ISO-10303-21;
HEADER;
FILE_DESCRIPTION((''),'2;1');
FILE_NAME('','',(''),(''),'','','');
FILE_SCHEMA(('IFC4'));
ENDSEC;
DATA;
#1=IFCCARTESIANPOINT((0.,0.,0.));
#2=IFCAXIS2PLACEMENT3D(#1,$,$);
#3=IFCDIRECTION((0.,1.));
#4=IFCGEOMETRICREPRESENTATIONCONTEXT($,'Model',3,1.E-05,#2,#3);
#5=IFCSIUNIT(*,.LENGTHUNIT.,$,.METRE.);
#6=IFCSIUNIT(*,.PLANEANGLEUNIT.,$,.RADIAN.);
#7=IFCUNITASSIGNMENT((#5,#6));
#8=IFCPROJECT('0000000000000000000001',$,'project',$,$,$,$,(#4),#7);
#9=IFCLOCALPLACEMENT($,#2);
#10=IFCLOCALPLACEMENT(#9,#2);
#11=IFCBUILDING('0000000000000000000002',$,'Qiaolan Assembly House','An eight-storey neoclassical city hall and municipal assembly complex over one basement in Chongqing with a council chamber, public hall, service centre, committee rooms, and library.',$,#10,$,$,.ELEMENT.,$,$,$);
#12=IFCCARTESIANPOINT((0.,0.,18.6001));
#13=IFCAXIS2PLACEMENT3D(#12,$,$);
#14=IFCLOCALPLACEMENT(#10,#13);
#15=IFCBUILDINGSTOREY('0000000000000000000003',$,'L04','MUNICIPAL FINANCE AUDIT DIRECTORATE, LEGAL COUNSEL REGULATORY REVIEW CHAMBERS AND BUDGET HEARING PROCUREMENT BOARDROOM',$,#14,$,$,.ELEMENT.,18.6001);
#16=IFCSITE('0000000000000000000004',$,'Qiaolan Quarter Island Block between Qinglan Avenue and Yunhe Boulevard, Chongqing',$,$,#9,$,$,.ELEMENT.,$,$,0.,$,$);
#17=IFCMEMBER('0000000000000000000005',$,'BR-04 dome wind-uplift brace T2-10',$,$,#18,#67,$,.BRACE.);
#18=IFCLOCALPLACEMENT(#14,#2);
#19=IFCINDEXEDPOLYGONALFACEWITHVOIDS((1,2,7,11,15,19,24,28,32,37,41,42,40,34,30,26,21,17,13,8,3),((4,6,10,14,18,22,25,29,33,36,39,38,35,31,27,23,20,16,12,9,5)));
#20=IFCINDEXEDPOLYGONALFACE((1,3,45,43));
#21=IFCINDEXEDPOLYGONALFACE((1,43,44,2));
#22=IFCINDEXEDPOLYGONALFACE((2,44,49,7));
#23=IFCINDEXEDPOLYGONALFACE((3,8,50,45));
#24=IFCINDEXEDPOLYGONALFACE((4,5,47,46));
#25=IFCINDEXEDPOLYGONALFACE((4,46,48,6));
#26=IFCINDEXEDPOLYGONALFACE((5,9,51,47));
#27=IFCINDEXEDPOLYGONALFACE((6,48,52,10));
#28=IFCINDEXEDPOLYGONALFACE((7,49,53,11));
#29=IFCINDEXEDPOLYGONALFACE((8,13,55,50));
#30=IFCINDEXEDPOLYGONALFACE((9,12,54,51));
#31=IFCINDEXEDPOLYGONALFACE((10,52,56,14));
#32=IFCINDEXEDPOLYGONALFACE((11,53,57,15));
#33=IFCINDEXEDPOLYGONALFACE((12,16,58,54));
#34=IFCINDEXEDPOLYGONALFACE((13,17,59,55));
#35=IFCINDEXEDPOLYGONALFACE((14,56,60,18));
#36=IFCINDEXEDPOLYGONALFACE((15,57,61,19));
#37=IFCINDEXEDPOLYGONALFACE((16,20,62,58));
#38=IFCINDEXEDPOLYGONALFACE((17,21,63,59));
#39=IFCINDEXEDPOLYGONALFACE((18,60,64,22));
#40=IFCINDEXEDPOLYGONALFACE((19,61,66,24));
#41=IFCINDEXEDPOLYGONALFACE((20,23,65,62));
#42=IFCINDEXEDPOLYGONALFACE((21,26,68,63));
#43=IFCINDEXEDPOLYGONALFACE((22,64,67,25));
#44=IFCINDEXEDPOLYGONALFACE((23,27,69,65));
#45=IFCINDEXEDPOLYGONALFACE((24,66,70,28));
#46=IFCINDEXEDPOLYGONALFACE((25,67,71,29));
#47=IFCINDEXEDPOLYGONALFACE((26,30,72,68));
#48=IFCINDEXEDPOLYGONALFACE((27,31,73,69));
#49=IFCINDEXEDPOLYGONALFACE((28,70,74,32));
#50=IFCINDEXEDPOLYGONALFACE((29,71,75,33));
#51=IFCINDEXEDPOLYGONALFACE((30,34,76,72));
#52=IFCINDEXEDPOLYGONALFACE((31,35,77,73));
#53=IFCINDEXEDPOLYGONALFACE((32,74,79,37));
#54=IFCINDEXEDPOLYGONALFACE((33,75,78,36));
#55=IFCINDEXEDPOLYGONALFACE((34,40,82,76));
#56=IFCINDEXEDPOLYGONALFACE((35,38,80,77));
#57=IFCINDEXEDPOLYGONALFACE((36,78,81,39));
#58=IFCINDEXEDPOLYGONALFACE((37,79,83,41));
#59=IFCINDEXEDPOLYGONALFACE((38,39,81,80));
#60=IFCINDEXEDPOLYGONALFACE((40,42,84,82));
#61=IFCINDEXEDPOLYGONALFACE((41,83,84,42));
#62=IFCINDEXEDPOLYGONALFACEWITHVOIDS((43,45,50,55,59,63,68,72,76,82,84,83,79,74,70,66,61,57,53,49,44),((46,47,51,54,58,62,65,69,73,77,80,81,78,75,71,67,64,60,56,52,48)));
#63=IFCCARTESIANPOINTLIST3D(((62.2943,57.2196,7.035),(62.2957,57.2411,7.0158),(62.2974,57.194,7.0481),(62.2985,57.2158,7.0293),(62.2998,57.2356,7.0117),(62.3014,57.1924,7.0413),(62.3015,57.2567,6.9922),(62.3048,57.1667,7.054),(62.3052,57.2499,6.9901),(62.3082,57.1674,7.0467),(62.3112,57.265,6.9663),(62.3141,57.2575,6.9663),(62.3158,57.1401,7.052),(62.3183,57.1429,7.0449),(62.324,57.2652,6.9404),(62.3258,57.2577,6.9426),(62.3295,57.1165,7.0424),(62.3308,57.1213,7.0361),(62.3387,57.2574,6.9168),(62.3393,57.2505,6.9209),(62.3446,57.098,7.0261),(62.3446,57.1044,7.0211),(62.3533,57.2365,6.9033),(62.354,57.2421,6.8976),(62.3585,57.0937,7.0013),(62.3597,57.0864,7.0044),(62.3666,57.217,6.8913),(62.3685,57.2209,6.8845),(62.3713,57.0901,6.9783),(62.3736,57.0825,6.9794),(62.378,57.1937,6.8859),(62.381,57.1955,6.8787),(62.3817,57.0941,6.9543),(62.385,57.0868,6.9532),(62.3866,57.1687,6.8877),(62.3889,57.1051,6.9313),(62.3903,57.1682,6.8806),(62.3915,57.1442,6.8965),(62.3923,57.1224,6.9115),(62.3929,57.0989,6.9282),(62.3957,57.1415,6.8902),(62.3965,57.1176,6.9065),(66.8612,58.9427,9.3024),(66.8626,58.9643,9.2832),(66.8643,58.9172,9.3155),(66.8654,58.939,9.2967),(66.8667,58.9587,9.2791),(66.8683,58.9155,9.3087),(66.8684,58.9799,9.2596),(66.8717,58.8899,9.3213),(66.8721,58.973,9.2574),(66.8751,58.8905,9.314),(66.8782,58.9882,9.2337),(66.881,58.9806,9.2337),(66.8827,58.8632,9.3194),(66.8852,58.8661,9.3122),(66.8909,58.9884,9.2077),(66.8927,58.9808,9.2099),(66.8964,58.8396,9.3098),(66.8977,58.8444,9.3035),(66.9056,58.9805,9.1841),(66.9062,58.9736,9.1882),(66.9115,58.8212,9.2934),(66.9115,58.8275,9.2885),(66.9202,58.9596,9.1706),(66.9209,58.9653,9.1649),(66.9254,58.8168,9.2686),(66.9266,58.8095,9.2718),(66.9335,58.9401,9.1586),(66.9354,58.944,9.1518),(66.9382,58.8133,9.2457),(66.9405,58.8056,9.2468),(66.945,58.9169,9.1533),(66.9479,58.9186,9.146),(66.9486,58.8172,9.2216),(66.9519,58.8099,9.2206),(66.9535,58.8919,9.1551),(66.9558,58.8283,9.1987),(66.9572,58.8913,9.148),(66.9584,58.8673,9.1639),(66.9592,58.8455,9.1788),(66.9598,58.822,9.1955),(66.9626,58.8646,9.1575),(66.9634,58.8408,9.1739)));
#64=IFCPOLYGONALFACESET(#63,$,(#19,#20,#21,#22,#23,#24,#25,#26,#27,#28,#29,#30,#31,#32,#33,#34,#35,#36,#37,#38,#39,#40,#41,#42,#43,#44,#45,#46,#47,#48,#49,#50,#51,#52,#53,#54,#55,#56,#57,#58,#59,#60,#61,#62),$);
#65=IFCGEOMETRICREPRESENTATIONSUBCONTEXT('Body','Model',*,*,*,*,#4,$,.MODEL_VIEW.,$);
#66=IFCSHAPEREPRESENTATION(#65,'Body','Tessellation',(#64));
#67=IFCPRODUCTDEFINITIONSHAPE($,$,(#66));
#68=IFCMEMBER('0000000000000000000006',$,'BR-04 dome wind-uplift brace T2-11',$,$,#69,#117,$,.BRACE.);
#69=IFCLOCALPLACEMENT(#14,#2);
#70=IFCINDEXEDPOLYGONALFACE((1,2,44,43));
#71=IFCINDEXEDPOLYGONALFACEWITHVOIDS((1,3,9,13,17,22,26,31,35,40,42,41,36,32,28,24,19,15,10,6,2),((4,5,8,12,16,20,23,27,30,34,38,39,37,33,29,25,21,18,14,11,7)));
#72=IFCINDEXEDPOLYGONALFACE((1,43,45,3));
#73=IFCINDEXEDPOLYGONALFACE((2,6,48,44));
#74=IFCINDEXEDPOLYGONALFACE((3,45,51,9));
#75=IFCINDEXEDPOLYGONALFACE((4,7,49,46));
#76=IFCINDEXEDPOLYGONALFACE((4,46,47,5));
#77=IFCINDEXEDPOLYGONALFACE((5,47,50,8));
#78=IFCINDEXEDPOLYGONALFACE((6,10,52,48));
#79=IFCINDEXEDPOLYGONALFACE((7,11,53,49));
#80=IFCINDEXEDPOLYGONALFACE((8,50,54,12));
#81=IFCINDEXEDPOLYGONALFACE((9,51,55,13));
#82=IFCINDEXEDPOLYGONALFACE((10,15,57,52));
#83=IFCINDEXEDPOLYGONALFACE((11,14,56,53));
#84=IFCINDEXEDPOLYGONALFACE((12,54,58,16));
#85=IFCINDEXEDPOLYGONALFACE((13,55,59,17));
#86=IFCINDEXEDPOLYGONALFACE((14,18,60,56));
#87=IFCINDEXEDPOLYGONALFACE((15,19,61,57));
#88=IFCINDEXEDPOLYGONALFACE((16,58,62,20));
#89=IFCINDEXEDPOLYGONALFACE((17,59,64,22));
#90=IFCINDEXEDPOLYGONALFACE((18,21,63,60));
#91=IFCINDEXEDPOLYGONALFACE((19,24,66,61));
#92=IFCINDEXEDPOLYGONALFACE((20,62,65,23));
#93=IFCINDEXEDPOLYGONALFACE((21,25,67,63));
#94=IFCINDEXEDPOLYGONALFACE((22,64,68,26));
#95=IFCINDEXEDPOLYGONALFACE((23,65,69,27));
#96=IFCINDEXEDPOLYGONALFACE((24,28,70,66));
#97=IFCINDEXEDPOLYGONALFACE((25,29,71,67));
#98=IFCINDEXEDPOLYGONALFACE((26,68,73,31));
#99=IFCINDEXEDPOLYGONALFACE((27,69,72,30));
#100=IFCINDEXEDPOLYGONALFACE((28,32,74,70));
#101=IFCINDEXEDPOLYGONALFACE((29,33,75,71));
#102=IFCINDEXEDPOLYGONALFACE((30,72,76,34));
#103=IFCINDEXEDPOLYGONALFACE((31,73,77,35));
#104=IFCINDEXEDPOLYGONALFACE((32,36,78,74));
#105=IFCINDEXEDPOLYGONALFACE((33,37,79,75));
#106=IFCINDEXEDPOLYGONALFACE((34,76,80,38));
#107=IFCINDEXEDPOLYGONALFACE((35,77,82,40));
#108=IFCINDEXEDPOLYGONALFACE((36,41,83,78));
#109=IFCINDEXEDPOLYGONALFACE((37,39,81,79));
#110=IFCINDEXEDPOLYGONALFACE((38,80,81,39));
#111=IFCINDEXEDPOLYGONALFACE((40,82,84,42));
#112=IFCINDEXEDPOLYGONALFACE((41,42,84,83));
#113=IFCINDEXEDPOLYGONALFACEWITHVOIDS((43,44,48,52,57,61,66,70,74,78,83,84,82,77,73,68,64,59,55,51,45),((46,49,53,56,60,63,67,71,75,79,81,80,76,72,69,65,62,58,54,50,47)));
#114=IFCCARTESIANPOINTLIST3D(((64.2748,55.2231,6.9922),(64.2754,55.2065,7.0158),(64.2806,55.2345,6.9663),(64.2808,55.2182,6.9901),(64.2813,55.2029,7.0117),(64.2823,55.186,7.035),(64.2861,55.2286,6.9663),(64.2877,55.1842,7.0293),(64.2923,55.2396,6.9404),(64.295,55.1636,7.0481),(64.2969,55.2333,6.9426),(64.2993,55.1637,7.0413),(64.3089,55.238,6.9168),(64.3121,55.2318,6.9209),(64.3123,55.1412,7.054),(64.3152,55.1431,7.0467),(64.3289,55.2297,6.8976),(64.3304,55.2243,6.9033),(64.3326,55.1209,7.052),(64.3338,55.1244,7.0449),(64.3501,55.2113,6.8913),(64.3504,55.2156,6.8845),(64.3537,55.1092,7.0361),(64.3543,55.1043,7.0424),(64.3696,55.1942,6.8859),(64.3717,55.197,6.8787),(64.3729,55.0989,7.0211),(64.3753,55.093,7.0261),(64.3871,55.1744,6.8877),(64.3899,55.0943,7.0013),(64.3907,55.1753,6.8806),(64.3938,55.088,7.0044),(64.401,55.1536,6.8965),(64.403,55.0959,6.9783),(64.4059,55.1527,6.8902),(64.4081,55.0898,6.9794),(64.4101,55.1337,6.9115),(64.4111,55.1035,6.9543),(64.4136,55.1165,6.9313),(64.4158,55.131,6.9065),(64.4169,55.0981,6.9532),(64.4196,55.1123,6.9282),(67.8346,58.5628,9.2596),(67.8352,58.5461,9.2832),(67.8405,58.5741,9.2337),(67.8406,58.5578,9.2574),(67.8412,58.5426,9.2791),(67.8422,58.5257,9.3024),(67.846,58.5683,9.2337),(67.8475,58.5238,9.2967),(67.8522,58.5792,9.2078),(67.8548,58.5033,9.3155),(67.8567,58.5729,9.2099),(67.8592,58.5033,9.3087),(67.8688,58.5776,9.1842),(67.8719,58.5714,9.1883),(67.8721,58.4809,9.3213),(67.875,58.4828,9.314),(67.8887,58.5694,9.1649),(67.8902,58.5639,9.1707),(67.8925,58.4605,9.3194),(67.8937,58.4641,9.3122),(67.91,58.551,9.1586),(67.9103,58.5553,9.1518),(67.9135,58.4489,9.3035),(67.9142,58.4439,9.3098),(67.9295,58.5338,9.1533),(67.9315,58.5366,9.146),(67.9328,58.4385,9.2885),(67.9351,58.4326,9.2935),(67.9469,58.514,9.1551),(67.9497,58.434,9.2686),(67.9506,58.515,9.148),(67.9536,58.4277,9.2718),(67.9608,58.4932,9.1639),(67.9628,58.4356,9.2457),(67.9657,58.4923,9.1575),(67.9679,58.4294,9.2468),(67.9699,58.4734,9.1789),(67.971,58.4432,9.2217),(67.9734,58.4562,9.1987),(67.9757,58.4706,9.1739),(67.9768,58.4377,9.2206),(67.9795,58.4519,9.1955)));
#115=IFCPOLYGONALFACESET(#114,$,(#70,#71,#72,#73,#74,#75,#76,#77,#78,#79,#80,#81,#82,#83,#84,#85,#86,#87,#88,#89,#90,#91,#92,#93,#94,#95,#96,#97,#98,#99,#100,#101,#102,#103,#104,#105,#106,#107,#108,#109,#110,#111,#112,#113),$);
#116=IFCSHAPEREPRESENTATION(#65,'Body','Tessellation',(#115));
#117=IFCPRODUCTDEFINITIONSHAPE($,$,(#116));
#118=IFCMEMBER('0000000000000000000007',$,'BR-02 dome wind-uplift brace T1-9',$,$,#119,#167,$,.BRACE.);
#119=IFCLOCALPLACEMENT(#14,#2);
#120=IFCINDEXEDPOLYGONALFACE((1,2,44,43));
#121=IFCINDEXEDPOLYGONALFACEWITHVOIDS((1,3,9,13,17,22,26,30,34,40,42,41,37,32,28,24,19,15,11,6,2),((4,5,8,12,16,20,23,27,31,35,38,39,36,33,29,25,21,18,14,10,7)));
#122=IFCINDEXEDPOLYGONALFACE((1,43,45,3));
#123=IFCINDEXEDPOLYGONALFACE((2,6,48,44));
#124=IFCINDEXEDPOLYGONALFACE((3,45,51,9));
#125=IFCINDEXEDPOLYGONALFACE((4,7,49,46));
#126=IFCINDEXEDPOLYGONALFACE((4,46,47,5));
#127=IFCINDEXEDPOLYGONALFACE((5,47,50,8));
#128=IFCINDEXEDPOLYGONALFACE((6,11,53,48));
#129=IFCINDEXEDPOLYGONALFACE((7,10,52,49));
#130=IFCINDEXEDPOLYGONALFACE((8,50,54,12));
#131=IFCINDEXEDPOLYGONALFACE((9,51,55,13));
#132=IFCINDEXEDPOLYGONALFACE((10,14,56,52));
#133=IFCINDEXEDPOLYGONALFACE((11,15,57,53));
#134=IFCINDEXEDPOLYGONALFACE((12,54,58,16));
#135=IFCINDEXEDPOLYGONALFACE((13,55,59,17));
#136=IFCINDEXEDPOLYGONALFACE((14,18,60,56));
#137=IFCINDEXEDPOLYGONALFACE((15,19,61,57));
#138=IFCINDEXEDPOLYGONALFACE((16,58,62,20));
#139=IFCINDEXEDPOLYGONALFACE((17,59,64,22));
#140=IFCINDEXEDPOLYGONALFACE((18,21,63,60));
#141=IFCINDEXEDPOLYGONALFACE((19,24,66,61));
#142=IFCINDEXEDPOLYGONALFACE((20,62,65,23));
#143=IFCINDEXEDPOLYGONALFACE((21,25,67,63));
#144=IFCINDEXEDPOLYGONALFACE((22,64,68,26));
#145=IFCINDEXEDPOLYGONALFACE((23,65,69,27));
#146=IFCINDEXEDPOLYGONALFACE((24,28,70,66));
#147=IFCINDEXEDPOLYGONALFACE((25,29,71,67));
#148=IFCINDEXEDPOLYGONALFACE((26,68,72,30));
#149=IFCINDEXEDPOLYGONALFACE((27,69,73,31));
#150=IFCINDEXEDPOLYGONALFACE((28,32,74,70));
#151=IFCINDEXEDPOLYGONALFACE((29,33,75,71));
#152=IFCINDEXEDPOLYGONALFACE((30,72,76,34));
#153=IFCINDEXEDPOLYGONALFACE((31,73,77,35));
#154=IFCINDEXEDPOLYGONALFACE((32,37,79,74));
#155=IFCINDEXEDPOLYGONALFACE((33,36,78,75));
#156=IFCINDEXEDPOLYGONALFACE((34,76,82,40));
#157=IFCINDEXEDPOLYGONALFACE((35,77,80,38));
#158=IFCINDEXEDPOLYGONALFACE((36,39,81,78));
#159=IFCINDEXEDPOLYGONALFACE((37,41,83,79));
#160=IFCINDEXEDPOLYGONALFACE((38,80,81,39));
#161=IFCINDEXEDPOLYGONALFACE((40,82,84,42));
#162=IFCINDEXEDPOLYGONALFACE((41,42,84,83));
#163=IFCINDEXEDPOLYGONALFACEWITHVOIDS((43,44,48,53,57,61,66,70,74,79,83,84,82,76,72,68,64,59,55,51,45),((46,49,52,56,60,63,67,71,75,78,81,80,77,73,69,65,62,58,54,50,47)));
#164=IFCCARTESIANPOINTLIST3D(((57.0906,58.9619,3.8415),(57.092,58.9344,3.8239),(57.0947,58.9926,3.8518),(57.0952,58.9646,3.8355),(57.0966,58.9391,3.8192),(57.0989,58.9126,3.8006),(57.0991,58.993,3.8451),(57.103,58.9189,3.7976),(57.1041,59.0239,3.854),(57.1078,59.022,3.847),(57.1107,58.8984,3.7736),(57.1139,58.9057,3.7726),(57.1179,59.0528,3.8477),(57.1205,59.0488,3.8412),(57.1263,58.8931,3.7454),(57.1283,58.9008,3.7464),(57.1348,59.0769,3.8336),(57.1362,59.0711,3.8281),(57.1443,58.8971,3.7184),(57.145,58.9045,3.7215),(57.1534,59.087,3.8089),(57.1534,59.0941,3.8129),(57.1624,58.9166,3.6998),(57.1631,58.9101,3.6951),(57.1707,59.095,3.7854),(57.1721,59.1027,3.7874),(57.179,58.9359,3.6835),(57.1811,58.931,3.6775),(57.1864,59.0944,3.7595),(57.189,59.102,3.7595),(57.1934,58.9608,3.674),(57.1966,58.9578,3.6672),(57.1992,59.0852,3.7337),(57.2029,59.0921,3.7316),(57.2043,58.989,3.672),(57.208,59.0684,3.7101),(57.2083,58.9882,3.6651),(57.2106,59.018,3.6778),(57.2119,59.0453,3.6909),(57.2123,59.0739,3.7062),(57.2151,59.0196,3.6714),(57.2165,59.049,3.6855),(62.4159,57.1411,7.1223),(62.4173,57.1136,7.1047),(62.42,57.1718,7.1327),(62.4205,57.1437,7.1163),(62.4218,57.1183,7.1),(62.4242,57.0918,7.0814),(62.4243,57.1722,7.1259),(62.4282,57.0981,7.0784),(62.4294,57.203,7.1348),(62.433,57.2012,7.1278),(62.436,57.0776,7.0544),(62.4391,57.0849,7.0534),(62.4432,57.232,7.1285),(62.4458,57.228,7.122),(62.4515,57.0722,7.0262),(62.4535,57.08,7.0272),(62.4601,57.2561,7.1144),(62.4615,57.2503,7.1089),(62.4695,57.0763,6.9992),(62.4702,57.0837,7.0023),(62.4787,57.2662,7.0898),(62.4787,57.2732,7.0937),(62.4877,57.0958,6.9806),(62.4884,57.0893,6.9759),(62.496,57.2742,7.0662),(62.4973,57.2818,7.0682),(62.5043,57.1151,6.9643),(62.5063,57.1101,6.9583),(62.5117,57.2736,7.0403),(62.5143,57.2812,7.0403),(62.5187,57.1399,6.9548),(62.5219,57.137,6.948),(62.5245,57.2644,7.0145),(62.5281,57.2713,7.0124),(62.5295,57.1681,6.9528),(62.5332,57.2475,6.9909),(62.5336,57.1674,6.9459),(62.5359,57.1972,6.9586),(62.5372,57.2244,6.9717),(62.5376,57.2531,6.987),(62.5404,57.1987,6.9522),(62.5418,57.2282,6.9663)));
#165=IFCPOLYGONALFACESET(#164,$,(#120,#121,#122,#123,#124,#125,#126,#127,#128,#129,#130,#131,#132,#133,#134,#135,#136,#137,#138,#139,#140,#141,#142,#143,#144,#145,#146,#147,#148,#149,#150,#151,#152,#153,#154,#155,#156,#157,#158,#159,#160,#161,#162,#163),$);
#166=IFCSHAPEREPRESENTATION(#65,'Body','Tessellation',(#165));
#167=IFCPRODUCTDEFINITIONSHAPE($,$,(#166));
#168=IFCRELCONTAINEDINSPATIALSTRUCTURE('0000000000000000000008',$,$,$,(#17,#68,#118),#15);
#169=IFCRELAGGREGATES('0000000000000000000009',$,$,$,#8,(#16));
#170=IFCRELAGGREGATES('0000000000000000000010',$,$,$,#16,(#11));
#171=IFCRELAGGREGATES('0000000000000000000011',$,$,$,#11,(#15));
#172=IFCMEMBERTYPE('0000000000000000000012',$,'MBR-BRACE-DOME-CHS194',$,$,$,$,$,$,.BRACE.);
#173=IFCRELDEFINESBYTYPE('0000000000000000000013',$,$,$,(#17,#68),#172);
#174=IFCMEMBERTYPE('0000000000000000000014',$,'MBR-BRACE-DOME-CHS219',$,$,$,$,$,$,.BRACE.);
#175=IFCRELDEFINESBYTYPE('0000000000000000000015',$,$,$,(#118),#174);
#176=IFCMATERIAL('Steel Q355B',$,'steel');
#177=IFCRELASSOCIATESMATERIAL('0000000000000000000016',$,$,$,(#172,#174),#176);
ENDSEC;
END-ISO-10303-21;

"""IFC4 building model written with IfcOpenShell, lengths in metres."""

from ifc_helpers import new_model, si_unit, direction, frame, origin, origin_2d, place, context, subcontext, project, spatial, hollow_circle, extrude, material, material_profile, profile_set, type_object, element, save


model = new_model("IFC4")

# Units and contexts
model_context = context("Model", 3, precision=1e-05, world=origin(), true_north=direction((0.0, 1.0)))
body_context = subcontext(model_context, "Body", "Model", "MODEL_VIEW")
ifc_project = project(units=[si_unit("LENGTHUNIT", "METRE"), si_unit("PLANEANGLEUNIT", "RADIAN")], contexts=[model_context])

# Site, building, storey
site_placement = place(None, origin())
site = spatial("IfcSite", under=ifc_project, at=site_placement, Name="Qiaolan Quarter Island Block between Qinglan Avenue and Yunhe Boulevard, Chongqing", CompositionType="ELEMENT", RefElevation=0.0)
building_placement = place(site_placement, origin())
building = spatial("IfcBuilding", under=site, at=building_placement, Name="Qiaolan Assembly House", Description="An eight-storey neoclassical city hall and municipal assembly complex over one basement in Chongqing with a council chamber, public hall, service centre, committee rooms, and library.", CompositionType="ELEMENT")
storey_placement = place(building_placement, frame((0.0, 0.0, 18.6001)))
storey = spatial("IfcBuildingStorey", under=building, at=storey_placement, Name="L04", Description="MUNICIPAL FINANCE AUDIT DIRECTORATE, LEGAL COUNSEL REGULATORY REVIEW CHAMBERS AND BUDGET HEARING PROCUREMENT BOARDROOM", CompositionType="ELEMENT", Elevation=18.6001)

# Shared definitions
ifc_material_1 = material(Name="Steel Q355B", Category="steel")

# Members
ifc_material_profile_1 = material_profile(ifc_material_1, hollow_circle(Radius=0.0969, WallThickness=0.0081, at=origin_2d()), Name="CHS 194x8")
ifc_profile_set_1 = profile_set([ifc_material_profile_1], Name="Steel Q355B")
member_type_1 = type_object("IfcMemberType", Name="MBR-BRACE-DOME-CHS194", PredefinedType="BRACE", material=ifc_profile_set_1)
for number, where, z_axis, x_axis, name in (
    (1, (62.3455, 57.1743, 6.9663), (0.84854, 0.320165, 0.421276), (-0.353019, 0.935616, 0.0), "BR-04 dome wind-uplift brace T2-10"),
    (2, (64.3469, 55.1638, 6.9663), (0.661429, 0.620512, 0.42128), (-0.684189, 0.729305, 0.0), "BR-04 dome wind-uplift brace T2-11"),
):
    element("IfcMember", number, at=place(storey_placement, frame(where, z_axis=z_axis, x_axis=x_axis)), inside=storey, type_object=member_type_1, Name=name, PredefinedType="BRACE", context=body_context, shape_type="SweptSolid", body=[
        extrude(hollow_circle(Radius=0.0969, WallThickness=0.0081, at=origin_2d()), origin(), (0.0, 0.0, 1.0), 5.3821),
    ])
ifc_material_profile_2 = material_profile(ifc_material_1, hollow_circle(Radius=0.1096, WallThickness=0.0081, at=origin_2d()), Name="CHS 219.1x8")
ifc_profile_set_2 = profile_set([ifc_material_profile_2], Name="Steel Q355B")
member_type_2 = type_object("IfcMemberType", Name="MBR-BRACE-DOME-CHS219", PredefinedType="BRACE", material=ifc_profile_set_2)
member_1_placement = place(storey_placement, frame((57.1536, 58.9983, 3.7595), z_axis=(0.817459, -0.279507, 0.503623), x_axis=(0.323532, 0.946217, 0.0)))
element("IfcMember", 3, at=member_1_placement, inside=storey, type_object=member_type_2, Name="BR-02 dome wind-uplift brace T1-9", PredefinedType="BRACE", context=body_context, shape_type="SweptSolid", body=[
    extrude(hollow_circle(Radius=0.1096, WallThickness=0.0081, at=origin_2d()), origin(), (0.0, 0.0, 1.0), 6.5144),
])

save(model, "model.ifc")
